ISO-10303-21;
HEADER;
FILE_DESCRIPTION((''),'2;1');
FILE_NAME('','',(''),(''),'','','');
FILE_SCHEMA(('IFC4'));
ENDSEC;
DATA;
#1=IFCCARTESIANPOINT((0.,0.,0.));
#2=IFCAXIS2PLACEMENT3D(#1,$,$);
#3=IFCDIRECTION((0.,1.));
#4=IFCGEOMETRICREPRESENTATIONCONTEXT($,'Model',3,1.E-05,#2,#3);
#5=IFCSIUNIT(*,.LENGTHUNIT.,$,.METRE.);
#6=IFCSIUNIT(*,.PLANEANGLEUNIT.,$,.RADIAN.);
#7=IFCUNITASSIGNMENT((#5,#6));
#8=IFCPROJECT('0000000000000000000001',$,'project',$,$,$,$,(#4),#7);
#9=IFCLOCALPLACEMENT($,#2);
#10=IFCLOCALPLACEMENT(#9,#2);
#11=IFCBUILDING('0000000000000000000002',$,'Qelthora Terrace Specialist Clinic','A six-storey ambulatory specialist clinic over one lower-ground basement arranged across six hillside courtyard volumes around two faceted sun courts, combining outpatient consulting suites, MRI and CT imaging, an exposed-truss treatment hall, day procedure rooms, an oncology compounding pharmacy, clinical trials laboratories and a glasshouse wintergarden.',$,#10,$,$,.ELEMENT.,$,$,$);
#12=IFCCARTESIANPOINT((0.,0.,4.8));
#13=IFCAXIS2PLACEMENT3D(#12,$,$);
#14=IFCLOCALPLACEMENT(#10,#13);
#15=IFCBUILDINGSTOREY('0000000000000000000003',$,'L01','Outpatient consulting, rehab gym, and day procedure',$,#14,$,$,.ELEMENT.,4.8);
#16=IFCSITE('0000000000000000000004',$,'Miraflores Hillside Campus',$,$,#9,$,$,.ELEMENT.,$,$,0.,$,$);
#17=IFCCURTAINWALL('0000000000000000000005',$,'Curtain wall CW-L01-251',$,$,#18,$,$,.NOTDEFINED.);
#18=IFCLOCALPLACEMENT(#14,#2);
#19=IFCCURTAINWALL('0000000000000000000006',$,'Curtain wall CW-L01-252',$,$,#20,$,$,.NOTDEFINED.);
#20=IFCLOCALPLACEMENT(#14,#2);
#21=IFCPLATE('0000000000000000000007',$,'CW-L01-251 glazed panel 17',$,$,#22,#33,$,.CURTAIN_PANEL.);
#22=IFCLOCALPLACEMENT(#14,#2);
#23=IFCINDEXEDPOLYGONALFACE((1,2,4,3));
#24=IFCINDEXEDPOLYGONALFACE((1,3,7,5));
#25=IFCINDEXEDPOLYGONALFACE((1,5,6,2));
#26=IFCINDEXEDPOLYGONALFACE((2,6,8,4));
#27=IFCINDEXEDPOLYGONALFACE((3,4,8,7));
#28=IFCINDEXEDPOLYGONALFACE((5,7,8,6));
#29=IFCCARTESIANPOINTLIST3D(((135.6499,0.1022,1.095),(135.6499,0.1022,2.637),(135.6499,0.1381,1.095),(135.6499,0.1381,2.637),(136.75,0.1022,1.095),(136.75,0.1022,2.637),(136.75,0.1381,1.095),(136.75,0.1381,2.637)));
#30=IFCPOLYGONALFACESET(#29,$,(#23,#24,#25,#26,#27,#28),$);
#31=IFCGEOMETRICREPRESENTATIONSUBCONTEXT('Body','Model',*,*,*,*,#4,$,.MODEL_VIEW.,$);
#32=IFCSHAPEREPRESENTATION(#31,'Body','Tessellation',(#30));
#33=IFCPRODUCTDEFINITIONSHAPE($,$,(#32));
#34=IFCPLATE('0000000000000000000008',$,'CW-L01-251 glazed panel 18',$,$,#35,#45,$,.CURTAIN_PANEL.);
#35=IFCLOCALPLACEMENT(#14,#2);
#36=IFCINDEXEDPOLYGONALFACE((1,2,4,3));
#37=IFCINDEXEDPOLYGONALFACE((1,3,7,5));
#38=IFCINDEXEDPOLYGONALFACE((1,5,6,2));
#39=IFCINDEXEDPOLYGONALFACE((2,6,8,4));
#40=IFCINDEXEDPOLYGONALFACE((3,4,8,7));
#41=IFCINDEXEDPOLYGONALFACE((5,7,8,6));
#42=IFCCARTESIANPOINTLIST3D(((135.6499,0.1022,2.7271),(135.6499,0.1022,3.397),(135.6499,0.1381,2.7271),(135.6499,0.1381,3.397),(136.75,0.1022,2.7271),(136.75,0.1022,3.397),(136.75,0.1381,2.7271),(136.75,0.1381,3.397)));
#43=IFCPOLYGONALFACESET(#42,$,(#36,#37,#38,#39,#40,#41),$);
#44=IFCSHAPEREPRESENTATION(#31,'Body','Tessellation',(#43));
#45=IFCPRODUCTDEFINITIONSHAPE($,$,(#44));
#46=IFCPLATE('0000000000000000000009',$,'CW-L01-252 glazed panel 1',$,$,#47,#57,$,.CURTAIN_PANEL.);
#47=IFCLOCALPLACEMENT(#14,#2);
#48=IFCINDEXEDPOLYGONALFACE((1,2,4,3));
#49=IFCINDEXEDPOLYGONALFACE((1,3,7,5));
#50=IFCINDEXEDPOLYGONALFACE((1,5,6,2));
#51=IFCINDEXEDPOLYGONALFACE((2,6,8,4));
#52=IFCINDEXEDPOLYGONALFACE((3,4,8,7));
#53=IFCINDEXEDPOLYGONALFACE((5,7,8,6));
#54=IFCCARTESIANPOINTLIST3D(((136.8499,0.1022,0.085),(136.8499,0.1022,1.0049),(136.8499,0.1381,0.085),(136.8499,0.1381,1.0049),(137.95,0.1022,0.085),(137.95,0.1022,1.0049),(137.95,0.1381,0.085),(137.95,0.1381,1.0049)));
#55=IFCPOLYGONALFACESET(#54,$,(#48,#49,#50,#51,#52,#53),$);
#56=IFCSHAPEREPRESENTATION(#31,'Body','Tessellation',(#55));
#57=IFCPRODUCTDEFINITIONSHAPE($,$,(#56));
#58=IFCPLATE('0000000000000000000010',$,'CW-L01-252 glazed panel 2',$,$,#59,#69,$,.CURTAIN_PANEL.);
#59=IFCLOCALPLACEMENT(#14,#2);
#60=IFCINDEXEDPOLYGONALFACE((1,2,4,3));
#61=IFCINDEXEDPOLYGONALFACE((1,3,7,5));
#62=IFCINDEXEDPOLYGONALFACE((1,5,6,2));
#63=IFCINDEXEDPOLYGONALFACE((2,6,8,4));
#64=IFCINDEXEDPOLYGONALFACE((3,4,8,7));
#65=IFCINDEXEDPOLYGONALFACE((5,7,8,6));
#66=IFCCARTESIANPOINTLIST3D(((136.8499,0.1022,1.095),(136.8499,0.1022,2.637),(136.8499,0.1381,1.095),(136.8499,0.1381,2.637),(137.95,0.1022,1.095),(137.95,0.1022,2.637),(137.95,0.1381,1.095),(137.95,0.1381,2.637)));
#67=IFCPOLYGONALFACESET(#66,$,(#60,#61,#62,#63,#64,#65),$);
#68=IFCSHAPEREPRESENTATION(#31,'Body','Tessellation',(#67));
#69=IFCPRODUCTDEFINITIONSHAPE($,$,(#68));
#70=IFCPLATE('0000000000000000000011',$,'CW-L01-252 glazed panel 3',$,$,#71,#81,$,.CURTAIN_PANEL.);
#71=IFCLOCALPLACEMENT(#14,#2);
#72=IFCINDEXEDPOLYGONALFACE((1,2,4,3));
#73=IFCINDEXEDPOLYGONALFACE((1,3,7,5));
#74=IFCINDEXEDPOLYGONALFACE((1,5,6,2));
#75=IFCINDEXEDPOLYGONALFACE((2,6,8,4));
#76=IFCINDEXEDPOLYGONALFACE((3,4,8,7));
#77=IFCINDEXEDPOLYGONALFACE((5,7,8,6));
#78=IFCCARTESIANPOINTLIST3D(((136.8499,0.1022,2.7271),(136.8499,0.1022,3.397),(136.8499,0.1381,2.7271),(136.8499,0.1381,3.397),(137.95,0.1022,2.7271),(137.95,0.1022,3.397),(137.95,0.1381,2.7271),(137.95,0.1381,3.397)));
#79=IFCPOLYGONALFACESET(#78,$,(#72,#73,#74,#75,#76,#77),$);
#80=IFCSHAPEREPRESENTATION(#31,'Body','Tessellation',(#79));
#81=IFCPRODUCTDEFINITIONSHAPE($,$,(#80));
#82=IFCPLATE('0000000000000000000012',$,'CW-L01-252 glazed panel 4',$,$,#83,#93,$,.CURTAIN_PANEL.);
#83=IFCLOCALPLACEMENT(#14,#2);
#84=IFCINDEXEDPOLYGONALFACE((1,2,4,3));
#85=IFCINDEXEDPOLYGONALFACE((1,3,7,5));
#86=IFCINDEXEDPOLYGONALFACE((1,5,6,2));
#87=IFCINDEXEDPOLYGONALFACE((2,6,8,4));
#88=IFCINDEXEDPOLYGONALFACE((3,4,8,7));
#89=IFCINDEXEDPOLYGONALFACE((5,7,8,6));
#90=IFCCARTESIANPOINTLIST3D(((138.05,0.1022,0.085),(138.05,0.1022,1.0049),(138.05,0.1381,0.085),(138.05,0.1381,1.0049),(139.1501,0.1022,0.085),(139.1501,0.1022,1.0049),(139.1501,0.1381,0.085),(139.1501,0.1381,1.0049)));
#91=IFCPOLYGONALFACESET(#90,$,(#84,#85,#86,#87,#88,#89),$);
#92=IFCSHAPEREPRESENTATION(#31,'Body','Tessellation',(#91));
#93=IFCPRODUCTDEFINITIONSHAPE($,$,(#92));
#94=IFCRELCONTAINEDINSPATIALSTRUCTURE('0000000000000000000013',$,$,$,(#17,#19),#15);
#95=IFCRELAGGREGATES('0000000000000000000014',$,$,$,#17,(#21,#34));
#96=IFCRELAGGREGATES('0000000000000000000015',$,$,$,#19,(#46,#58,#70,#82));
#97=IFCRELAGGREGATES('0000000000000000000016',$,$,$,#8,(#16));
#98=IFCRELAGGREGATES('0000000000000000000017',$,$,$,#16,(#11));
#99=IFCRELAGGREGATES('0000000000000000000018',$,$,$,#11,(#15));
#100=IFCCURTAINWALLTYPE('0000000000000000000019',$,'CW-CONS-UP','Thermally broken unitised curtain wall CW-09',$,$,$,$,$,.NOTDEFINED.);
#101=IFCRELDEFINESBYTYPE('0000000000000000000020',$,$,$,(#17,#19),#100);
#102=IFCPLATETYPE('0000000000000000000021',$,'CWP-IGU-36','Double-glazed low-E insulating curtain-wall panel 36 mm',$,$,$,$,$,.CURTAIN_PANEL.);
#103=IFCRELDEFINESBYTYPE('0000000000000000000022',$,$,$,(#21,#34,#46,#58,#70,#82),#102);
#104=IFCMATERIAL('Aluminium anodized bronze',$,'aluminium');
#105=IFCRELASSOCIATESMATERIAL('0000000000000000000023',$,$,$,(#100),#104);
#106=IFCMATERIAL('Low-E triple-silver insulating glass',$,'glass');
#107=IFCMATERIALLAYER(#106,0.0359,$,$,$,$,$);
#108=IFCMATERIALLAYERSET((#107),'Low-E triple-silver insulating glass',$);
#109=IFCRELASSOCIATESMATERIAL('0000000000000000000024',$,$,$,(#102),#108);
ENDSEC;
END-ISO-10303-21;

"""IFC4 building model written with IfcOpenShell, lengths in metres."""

from ifc_helpers import new_model, si_unit, direction, frame, origin, origin_2d, place, context, subcontext, project, spatial, rectangle, extrude, material, layer, layer_set, type_object, element, aggregate, save


model = new_model("IFC4")

# Units and contexts
model_context = context("Model", 3, precision=1e-05, world=origin(), true_north=direction((0.0, 1.0)))
body_context = subcontext(model_context, "Body", "Model", "MODEL_VIEW")
ifc_project = project(units=[si_unit("LENGTHUNIT", "METRE"), si_unit("PLANEANGLEUNIT", "RADIAN")], contexts=[model_context])

# Site, building, storey
site_placement = place(None, origin())
site = spatial("IfcSite", under=ifc_project, at=site_placement, Name="Miraflores Hillside Campus", CompositionType="ELEMENT", RefElevation=0.0)
building_placement = place(site_placement, origin())
building = spatial("IfcBuilding", under=site, at=building_placement, Name="Qelthora Terrace Specialist Clinic", Description="A six-storey ambulatory specialist clinic over one lower-ground basement arranged across six hillside courtyard volumes around two faceted sun courts, combining outpatient consulting suites, MRI and CT imaging, an exposed-truss treatment hall, day procedure rooms, an oncology compounding pharmacy, clinical trials laboratories and a glasshouse wintergarden.", CompositionType="ELEMENT")
storey_placement = place(building_placement, frame((0.0, 0.0, 4.8)))
storey = spatial("IfcBuildingStorey", under=building, at=storey_placement, Name="L01", Description="Outpatient consulting, rehab gym, and day procedure", CompositionType="ELEMENT", Elevation=4.8)

# Curtain walls
ifc_material_1 = material(Name="Aluminium anodized bronze", Category="aluminium")
curtain_wall_type = type_object("IfcCurtainWallType", Name="CW-CONS-UP", Description="Thermally broken unitised curtain wall CW-09", PredefinedType="NOTDEFINED", material=ifc_material_1)
curtain_wall_1_placement = place(storey_placement, origin())
curtain_wall_1 = element("IfcCurtainWall", 1, at=curtain_wall_1_placement, inside=storey, type_object=curtain_wall_type, Name="Curtain wall CW-L01-251", PredefinedType="NOTDEFINED")
curtain_wall_2_placement = place(storey_placement, origin())
curtain_wall_2 = element("IfcCurtainWall", 2, at=curtain_wall_2_placement, inside=storey, type_object=curtain_wall_type, Name="Curtain wall CW-L01-252", PredefinedType="NOTDEFINED")

# Plates
ifc_material_2 = material(Name="Low-E triple-silver insulating glass", Category="glass")
ifc_layer = layer(ifc_material_2, 0.0359)
ifc_layer_set = layer_set([ifc_layer], Name="Low-E triple-silver insulating glass")
plate_type = type_object("IfcPlateType", Name="CWP-IGU-36", Description="Double-glazed low-E insulating curtain-wall panel 36 mm", PredefinedType="CURTAIN_PANEL", material=ifc_layer_set)
plate_1_placement = place(storey_placement, frame((136.2, 0.1201, 1.095), z_axis=(0.0, 0.0, 1.0), x_axis=(1.0, 0.0, 0.0)))
plate_1 = element("IfcPlate", 3, at=plate_1_placement, type_object=plate_type, Name="CW-L01-251 glazed panel 17", PredefinedType="CURTAIN_PANEL", context=body_context, shape_type="SweptSolid", body=[
    extrude(rectangle(XDim=1.1001, YDim=0.0359, at=origin_2d()), origin(), (0.0, 0.0, 1.0), 1.542),
])
plate_2_placement = place(storey_placement, frame((136.2, 0.1201, 2.7271), z_axis=(0.0, 0.0, 1.0), x_axis=(1.0, 0.0, 0.0)))
plate_2 = element("IfcPlate", 4, at=plate_2_placement, type_object=plate_type, Name="CW-L01-251 glazed panel 18", PredefinedType="CURTAIN_PANEL", context=body_context, shape_type="SweptSolid", body=[
    extrude(rectangle(XDim=1.1001, YDim=0.0359, at=origin_2d()), origin(), (0.0, 0.0, 1.0), 0.6699),
])
aggregate(curtain_wall_1, [plate_1, plate_2])
plate_3_placement = place(storey_placement, frame((137.3999, 0.1201, 0.085), z_axis=(0.0, 0.0, 1.0), x_axis=(1.0, 0.0, 0.0)))
plate_3 = element("IfcPlate", 5, at=plate_3_placement, type_object=plate_type, Name="CW-L01-252 glazed panel 1", PredefinedType="CURTAIN_PANEL", context=body_context, shape_type="SweptSolid", body=[
    extrude(rectangle(XDim=1.1001, YDim=0.0359, at=origin_2d()), origin(), (0.0, 0.0, 1.0), 0.9199),
])
plate_4_placement = place(storey_placement, frame((137.3999, 0.1201, 1.095), z_axis=(0.0, 0.0, 1.0), x_axis=(1.0, 0.0, 0.0)))
plate_4 = element("IfcPlate", 6, at=plate_4_placement, type_object=plate_type, Name="CW-L01-252 glazed panel 2", PredefinedType="CURTAIN_PANEL", context=body_context, shape_type="SweptSolid", body=[
    extrude(rectangle(XDim=1.1001, YDim=0.0359, at=origin_2d()), origin(), (0.0, 0.0, 1.0), 1.542),
])
plate_5_placement = place(storey_placement, frame((137.3999, 0.1201, 2.7271), z_axis=(0.0, 0.0, 1.0), x_axis=(1.0, 0.0, 0.0)))
plate_5 = element("IfcPlate", 7, at=plate_5_placement, type_object=plate_type, Name="CW-L01-252 glazed panel 3", PredefinedType="CURTAIN_PANEL", context=body_context, shape_type="SweptSolid", body=[
    extrude(rectangle(XDim=1.1001, YDim=0.0359, at=origin_2d()), origin(), (0.0, 0.0, 1.0), 0.6699),
])
plate_6_placement = place(storey_placement, frame((138.6001, 0.1201, 0.085), z_axis=(0.0, 0.0, 1.0), x_axis=(1.0, 0.0, 0.0)))
plate_6 = element("IfcPlate", 8, at=plate_6_placement, type_object=plate_type, Name="CW-L01-252 glazed panel 4", PredefinedType="CURTAIN_PANEL", context=body_context, shape_type="SweptSolid", body=[
    extrude(rectangle(XDim=1.1001, YDim=0.0359, at=origin_2d()), origin(), (0.0, 0.0, 1.0), 0.9199),
])
aggregate(curtain_wall_2, [plate_3, plate_4, plate_5, plate_6])

save(model, "model.ifc")
